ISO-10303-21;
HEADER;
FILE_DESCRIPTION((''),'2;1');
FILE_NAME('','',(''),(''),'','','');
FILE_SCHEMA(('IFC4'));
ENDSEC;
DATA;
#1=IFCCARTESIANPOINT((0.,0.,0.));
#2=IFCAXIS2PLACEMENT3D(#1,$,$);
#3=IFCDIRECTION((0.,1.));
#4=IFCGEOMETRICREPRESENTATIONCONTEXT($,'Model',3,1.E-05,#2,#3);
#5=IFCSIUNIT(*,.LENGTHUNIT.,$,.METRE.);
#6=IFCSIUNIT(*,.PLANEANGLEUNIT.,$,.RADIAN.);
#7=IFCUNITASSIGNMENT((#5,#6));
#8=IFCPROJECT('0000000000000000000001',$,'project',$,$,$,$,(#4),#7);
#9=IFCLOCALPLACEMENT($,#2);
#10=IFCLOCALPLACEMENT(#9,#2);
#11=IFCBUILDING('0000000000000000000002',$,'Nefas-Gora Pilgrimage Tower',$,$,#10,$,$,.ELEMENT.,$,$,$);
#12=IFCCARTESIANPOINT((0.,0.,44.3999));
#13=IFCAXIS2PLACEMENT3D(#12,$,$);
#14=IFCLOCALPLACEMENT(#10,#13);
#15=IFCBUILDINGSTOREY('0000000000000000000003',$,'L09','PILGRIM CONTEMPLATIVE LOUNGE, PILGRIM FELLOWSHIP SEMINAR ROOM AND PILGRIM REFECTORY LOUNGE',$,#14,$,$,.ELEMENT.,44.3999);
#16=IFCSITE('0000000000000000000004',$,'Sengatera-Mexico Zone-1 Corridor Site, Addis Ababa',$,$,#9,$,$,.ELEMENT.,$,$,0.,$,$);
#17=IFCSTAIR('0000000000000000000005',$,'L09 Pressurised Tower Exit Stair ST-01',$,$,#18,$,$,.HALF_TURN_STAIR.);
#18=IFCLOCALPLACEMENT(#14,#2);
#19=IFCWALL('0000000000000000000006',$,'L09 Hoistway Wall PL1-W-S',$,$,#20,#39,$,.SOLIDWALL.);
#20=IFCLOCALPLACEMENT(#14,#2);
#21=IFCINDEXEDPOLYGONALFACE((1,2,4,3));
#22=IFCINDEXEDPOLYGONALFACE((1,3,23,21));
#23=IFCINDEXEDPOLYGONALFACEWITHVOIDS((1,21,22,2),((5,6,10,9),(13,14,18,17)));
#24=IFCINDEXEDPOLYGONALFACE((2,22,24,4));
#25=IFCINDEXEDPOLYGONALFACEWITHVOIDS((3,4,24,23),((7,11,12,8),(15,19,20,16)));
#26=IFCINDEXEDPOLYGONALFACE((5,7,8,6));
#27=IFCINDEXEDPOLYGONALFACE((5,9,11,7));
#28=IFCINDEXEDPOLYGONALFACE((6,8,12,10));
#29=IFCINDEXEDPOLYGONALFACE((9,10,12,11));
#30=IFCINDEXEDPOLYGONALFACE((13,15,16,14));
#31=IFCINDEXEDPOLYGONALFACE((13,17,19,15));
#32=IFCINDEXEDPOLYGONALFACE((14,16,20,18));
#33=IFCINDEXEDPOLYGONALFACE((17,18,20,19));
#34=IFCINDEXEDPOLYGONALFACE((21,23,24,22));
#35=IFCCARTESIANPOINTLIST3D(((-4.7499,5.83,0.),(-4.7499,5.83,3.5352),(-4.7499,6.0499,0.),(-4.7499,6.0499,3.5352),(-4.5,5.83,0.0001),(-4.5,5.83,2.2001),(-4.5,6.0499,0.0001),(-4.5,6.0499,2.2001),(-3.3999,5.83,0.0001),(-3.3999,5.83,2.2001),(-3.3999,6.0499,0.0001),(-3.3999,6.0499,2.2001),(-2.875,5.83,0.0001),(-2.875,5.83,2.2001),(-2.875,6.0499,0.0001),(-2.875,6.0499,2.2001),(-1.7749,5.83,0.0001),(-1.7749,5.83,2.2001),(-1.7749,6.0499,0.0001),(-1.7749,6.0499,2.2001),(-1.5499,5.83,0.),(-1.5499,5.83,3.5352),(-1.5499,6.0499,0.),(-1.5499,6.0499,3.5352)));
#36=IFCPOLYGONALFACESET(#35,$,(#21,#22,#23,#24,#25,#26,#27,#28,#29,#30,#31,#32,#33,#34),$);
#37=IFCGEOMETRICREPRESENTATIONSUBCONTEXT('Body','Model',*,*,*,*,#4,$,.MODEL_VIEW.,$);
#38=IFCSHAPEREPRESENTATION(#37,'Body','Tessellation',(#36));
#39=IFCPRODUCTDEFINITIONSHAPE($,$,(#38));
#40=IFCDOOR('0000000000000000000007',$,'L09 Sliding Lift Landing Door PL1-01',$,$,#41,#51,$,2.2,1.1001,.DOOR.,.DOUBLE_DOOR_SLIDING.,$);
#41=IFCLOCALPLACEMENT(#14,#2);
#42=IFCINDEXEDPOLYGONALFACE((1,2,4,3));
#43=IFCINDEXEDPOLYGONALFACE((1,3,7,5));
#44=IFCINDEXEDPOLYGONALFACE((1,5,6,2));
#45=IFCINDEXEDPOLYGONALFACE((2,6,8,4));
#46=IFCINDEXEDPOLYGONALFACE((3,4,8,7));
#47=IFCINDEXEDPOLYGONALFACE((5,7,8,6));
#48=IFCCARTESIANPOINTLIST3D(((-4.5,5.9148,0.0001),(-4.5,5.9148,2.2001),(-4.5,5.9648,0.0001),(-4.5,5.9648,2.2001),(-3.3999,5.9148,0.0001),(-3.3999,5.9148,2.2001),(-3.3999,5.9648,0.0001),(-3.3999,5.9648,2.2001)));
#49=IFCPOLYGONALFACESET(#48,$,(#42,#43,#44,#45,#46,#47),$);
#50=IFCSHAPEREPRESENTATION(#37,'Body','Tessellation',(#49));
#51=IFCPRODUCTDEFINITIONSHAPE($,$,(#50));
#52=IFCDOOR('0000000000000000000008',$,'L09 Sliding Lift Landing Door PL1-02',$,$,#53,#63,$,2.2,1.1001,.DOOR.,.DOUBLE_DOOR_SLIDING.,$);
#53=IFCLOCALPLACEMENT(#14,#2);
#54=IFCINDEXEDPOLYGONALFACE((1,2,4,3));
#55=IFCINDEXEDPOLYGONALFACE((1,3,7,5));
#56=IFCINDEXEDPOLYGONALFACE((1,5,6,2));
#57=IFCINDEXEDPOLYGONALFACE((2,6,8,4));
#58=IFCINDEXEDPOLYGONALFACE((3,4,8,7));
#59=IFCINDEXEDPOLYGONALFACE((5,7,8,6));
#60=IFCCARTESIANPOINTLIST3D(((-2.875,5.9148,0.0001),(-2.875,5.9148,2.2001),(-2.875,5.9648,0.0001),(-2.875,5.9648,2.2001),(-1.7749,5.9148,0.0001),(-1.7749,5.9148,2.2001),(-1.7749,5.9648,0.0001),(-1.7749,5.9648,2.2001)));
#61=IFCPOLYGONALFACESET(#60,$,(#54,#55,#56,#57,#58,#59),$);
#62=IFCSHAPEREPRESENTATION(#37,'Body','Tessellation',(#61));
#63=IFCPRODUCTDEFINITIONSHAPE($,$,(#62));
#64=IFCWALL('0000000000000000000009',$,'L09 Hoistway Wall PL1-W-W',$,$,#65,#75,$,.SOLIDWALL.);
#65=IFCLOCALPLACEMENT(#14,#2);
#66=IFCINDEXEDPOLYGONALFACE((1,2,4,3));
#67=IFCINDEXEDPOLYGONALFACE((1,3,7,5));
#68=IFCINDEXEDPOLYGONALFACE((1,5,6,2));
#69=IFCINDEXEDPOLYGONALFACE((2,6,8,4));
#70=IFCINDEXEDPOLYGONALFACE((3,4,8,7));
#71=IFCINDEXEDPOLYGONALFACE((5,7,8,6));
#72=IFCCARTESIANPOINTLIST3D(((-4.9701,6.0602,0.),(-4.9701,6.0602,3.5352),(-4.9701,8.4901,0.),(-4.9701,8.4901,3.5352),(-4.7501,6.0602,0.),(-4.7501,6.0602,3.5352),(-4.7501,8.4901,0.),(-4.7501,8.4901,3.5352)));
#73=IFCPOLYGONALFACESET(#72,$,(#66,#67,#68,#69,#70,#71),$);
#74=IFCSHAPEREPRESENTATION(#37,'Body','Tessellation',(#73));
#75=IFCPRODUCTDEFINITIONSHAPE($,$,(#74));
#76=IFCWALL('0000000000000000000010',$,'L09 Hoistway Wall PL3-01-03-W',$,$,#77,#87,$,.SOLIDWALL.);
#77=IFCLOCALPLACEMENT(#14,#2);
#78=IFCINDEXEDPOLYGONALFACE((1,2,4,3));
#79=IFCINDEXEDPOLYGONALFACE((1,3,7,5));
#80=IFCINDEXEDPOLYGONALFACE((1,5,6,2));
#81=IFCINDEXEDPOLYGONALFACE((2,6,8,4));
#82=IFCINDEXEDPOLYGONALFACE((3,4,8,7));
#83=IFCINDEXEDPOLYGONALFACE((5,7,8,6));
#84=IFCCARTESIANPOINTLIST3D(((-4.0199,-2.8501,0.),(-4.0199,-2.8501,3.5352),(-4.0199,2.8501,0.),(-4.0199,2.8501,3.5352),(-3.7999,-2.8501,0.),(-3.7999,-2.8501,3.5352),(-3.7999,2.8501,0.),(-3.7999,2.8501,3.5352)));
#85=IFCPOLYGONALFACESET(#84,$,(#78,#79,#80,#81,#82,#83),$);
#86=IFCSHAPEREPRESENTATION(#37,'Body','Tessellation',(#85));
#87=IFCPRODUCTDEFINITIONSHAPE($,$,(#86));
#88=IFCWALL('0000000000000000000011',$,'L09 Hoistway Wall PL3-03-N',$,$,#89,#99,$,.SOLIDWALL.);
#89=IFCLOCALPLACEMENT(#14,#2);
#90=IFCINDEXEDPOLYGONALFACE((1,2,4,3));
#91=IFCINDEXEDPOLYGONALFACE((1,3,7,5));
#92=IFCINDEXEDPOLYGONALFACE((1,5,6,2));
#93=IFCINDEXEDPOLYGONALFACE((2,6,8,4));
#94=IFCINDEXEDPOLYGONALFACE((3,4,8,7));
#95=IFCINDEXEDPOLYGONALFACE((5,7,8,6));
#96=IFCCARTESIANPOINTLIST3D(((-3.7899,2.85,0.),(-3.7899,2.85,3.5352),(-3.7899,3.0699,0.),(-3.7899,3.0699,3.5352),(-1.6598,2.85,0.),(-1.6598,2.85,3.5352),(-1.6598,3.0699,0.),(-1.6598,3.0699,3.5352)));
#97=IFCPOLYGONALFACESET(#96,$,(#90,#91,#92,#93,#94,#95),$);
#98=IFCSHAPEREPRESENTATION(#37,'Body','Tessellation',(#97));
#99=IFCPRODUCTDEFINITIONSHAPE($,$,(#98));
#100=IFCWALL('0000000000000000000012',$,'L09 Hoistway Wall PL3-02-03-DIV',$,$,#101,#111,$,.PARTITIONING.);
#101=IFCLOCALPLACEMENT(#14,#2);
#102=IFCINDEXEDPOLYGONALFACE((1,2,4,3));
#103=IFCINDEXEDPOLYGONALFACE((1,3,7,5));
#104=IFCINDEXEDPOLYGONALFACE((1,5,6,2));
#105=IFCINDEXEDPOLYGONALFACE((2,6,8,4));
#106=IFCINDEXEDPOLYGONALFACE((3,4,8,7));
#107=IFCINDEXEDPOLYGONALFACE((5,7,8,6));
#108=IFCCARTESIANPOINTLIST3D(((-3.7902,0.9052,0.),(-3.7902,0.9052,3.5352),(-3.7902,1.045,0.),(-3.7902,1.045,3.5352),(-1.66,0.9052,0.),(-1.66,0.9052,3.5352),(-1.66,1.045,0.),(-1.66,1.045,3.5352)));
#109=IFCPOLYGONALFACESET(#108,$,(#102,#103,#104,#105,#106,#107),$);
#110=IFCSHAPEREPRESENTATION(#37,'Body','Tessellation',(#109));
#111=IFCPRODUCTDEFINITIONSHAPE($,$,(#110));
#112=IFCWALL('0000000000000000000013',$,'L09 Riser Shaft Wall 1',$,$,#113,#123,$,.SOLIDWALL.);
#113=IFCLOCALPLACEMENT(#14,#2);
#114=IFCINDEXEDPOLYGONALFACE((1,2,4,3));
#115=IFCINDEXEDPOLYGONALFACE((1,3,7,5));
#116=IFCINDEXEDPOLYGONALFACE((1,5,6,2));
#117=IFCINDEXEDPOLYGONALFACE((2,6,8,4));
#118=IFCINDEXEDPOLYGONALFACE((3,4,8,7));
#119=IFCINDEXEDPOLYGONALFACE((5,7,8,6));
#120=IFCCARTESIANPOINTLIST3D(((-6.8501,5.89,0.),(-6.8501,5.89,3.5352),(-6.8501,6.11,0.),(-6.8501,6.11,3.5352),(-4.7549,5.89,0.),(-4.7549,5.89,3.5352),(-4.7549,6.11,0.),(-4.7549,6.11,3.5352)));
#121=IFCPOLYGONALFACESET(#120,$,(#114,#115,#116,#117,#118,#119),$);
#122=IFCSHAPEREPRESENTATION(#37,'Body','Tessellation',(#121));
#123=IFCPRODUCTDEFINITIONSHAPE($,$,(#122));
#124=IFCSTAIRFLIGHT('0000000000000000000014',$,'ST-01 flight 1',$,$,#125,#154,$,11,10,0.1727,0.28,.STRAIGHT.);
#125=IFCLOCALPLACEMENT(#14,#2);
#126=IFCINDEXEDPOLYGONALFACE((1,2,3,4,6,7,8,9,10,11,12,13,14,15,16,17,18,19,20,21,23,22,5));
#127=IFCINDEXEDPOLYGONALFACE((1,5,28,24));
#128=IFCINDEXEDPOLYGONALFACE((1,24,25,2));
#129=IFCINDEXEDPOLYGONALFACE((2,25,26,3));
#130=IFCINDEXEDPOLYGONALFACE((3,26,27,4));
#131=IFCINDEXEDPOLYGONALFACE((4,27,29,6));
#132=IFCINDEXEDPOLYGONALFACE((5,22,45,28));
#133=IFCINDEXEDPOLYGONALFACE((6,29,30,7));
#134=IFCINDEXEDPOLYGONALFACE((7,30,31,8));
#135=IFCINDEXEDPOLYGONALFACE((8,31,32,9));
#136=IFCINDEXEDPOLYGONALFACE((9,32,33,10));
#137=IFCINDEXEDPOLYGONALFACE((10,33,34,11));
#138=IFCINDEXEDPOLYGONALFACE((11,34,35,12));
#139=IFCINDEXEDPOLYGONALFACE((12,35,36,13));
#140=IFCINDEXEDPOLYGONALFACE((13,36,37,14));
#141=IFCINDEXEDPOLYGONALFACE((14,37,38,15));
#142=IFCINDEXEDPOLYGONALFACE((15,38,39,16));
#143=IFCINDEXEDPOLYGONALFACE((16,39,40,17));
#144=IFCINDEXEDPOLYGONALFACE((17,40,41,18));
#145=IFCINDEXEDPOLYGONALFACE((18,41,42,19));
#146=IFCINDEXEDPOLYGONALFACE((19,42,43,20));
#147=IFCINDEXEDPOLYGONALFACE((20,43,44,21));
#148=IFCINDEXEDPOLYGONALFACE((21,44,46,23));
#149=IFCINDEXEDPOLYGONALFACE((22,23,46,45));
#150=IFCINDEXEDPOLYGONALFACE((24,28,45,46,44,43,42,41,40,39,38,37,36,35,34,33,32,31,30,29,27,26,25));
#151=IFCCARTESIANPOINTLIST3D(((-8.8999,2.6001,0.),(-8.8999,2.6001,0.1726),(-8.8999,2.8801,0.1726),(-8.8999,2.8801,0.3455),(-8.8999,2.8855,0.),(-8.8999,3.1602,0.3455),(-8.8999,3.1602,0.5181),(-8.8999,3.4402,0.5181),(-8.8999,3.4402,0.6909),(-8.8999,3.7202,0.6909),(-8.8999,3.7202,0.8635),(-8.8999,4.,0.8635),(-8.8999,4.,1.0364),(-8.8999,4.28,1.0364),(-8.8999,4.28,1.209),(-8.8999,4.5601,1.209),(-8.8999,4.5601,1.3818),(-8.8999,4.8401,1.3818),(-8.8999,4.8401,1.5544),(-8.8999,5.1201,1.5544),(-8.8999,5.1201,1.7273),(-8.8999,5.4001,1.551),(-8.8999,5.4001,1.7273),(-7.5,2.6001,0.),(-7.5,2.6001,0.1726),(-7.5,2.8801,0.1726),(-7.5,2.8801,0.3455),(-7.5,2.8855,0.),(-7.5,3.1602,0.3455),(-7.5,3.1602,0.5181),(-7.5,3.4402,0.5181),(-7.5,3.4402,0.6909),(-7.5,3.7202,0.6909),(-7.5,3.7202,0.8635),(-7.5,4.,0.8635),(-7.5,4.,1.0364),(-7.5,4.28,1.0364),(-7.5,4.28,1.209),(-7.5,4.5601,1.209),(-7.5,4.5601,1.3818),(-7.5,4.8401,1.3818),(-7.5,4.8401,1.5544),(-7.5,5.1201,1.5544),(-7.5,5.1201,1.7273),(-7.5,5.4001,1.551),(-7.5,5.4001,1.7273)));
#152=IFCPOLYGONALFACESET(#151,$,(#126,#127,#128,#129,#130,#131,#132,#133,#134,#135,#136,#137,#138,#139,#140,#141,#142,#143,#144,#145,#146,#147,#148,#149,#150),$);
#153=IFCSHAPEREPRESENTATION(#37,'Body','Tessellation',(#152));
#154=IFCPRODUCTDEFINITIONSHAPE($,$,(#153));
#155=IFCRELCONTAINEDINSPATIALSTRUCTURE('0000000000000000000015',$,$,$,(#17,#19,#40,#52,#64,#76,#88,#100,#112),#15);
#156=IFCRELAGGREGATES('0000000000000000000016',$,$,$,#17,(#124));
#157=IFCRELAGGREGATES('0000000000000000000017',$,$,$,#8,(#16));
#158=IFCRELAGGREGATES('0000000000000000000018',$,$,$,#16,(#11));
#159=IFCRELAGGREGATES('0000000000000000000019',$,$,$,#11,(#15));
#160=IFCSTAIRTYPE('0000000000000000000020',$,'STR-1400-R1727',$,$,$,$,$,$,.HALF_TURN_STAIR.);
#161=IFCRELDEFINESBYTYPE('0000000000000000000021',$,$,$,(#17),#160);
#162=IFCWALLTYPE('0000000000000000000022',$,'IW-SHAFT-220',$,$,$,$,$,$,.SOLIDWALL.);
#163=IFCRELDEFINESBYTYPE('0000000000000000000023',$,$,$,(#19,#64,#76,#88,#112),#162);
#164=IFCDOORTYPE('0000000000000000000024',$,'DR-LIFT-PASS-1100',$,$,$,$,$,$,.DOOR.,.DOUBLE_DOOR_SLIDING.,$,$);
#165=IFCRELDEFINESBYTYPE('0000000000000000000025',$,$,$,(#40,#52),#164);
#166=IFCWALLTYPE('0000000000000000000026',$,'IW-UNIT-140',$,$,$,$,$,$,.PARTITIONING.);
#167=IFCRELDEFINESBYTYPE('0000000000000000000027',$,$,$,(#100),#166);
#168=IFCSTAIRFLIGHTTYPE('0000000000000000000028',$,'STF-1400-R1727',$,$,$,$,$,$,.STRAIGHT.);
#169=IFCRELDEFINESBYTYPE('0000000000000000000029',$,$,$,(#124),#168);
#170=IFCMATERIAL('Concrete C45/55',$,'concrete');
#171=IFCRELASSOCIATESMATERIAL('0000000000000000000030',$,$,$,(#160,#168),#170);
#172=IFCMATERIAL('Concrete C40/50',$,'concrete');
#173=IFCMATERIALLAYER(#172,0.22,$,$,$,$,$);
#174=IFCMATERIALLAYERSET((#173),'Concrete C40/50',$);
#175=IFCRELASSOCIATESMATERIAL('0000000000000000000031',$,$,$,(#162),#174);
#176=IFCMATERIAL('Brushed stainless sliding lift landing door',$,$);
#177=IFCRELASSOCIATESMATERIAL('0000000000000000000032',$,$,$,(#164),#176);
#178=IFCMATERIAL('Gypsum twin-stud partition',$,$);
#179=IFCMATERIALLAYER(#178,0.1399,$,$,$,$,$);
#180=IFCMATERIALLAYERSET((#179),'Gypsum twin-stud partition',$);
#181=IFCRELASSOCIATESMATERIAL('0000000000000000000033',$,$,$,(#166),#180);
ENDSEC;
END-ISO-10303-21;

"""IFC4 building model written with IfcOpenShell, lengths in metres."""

from ifc_helpers import new_model, si_unit, direction, frame, frame_2d, origin, place, context, subcontext, project, spatial, polyline, rectangle, outline, extrude, source, transform, mapped, material, layer, layer_set, type_object, element, fill, aggregate, save


model = new_model("IFC4")

# Units and contexts
model_context = context("Model", 3, precision=1e-05, world=origin(), true_north=direction((0.0, 1.0)))
body_context = subcontext(model_context, "Body", "Model", "MODEL_VIEW")
ifc_project = project(units=[si_unit("LENGTHUNIT", "METRE"), si_unit("PLANEANGLEUNIT", "RADIAN")], contexts=[model_context])

# Site, building, storey
site_placement = place(None, origin())
site = spatial("IfcSite", under=ifc_project, at=site_placement, Name="Sengatera-Mexico Zone-1 Corridor Site, Addis Ababa", CompositionType="ELEMENT", RefElevation=0.0)
building_placement = place(site_placement, origin())
building = spatial("IfcBuilding", under=site, at=building_placement, Name="Nefas-Gora Pilgrimage Tower", CompositionType="ELEMENT")
storey_placement = place(building_placement, frame((0.0, 0.0, 44.3999)))
storey = spatial("IfcBuildingStorey", under=building, at=storey_placement, Name="L09", Description="PILGRIM CONTEMPLATIVE LOUNGE, PILGRIM FELLOWSHIP SEMINAR ROOM AND PILGRIM REFECTORY LOUNGE", CompositionType="ELEMENT", Elevation=44.3999)

# Shared definitions
ifc_material_1 = material(Name="Concrete C40/50", Category="concrete")

# Stair
ifc_material_2 = material(Name="Concrete C45/55", Category="concrete")
stair_type = type_object("IfcStairType", Name="STR-1400-R1727", PredefinedType="HALF_TURN_STAIR", material=ifc_material_2)
stair_1_placement = place(storey_placement, origin())
stair_1 = element("IfcStair", 1, at=stair_1_placement, inside=storey, type_object=stair_type, Name="L09 Pressurised Tower Exit Stair ST-01", PredefinedType="HALF_TURN_STAIR")

# Shared definitions
ifc_layer_1 = layer(ifc_material_1, 0.22)
ifc_layer_set_1 = layer_set([ifc_layer_1], Name="Concrete C40/50")
wall_type_1 = type_object("IfcWallType", Name="IW-SHAFT-220", PredefinedType="SOLIDWALL", material=ifc_layer_set_1)

# Wall, openings, doors
shared_shape_1 = source(origin(), body_context, "Body", "SweptSolid", [
    extrude(rectangle(XDim=3.2, YDim=0.22, at=frame_2d((1.6001, 0.0))), origin(), (0.0, 0.0, 1.0), 3.5352),
])
wall_1_placement = place(storey_placement, frame((-4.75, 5.9399, 0.0), z_axis=(0.0, 0.0, 1.0), x_axis=(1.0, 0.0, 0.0)))
wall_1 = element("IfcWall", 2, at=wall_1_placement, inside=storey, type_object=wall_type_1, Name="L09 Hoistway Wall PL1-W-S", PredefinedType="SOLIDWALL", context=body_context, shape_type="MappedRepresentation", body=[
    mapped(shared_shape_1, transform((0.0, 0.0, 0.0), x_axis=(1.0, 0.0, 0.0), y_axis=(0.0, 1.0, 0.0), z_axis=(0.0, 0.0, 1.0), scale=1.0)),
])
opening_1_placement = place(wall_1_placement, frame((0.25, 0.0, 0.0)))
opening_1 = element("IfcOpeningElement", 3, at=opening_1_placement, cuts=wall_1, PredefinedType="OPENING", context=body_context, shape_type="SweptSolid", body=[
    extrude(rectangle(XDim=1.1001, YDim=2.2, at=frame_2d((0.55, 1.1001))), frame((0.0, 0.1199, 0.0), z_axis=(0.0, -1.0, 0.0), x_axis=(1.0, 0.0, 0.0)), (0.0, 0.0, 1.0), 0.24),
])
opening_2_placement = place(wall_1_placement, frame((1.875, 0.0, 0.0)))
opening_2 = element("IfcOpeningElement", 4, at=opening_2_placement, cuts=wall_1, PredefinedType="OPENING", context=body_context, shape_type="SweptSolid", body=[
    extrude(rectangle(XDim=1.1001, YDim=2.2, at=frame_2d((0.55, 1.1001))), frame((0.0, 0.1199, 0.0), z_axis=(0.0, -1.0, 0.0), x_axis=(1.0, 0.0, 0.0)), (0.0, 0.0, 1.0), 0.24),
])
ifc_material_3 = material(Name="Brushed stainless sliding lift landing door")
door_type_1 = type_object("IfcDoorType", Name="DR-LIFT-PASS-1100", OperationType="DOUBLE_DOOR_SLIDING", PredefinedType="DOOR", material=ifc_material_3)
shared_shape_2 = source(origin(), body_context, "Body", "SweptSolid", [
    extrude(rectangle(XDim=1.1001, YDim=2.2, at=frame_2d((0.55, 1.1001))), frame((0.0, 0.0249, 0.0), z_axis=(0.0, -1.0, 0.0), x_axis=(1.0, 0.0, 0.0)), (0.0, 0.0, 1.0), 0.05),
])
door_1_placement = place(opening_1_placement, origin())
door_1 = element("IfcDoor", 5, at=door_1_placement, inside=storey, type_object=door_type_1, Name="L09 Sliding Lift Landing Door PL1-01", OperationType="DOUBLE_DOOR_SLIDING", OverallHeight=2.2, OverallWidth=1.1001, PredefinedType="DOOR", context=body_context, shape_type="MappedRepresentation", body=[
    mapped(shared_shape_2, transform((0.0, 0.0, 0.0), x_axis=(1.0, 0.0, 0.0), y_axis=(0.0, 1.0, 0.0), z_axis=(0.0, 0.0, 1.0), scale=1.0)),
])
fill(opening_1, door_1)
door_2_placement = place(opening_2_placement, origin())
door_2 = element("IfcDoor", 6, at=door_2_placement, inside=storey, type_object=door_type_1, Name="L09 Sliding Lift Landing Door PL1-02", OperationType="DOUBLE_DOOR_SLIDING", OverallHeight=2.2, OverallWidth=1.1001, PredefinedType="DOOR", context=body_context, shape_type="MappedRepresentation", body=[
    mapped(shared_shape_2, transform((0.0, 0.0, 0.0), x_axis=(1.0, 0.0, 0.0), y_axis=(0.0, 1.0, 0.0), z_axis=(0.0, 0.0, 1.0), scale=1.0)),
])
fill(opening_2, door_2)

# Walls
shared_shape_3 = source(origin(), body_context, "Body", "SweptSolid", [
    extrude(rectangle(XDim=2.4299, YDim=0.22, at=frame_2d((1.2148, 0.0))), origin(), (0.0, 0.0, 1.0), 3.5352),
])
for number, where, z_axis, x_axis, name in (
    (7, (-4.8601, 8.49, 0.0), (0.0, 0.0, 1.0), (0.0, -1.0, 0.0), "L09 Hoistway Wall PL1-W-W"),
):
    element("IfcWall", number, at=place(storey_placement, frame(where, z_axis=z_axis, x_axis=x_axis)), inside=storey, type_object=wall_type_1, Name=name, PredefinedType="SOLIDWALL", context=body_context, shape_type="MappedRepresentation", body=[
        mapped(shared_shape_3, transform((0.0, 0.0, 0.0), x_axis=(1.0, 0.0, 0.0), y_axis=(0.0, 1.0, 0.0), z_axis=(0.0, 0.0, 1.0), scale=1.0)),
    ])
ifc_material_4 = material(Name="Gypsum twin-stud partition")
ifc_layer_2 = layer(ifc_material_4, 0.1399)
ifc_layer_set_2 = layer_set([ifc_layer_2], Name="Gypsum twin-stud partition")
wall_type_2 = type_object("IfcWallType", Name="IW-UNIT-140", PredefinedType="PARTITIONING", material=ifc_layer_set_2)
shared_shape_4 = source(origin(), body_context, "Body", "SweptSolid", [
    extrude(rectangle(XDim=5.7002, YDim=0.22, at=frame_2d((2.8501, 0.0))), origin(), (0.0, 0.0, 1.0), 3.5352),
])
wall_2_placement = place(storey_placement, frame((-3.9099, 2.8501, 0.0), z_axis=(0.0, 0.0, 1.0), x_axis=(0.0, -1.0, 0.0)))
element("IfcWall", 8, at=wall_2_placement, inside=storey, type_object=wall_type_1, Name="L09 Hoistway Wall PL3-01-03-W", PredefinedType="SOLIDWALL", context=body_context, shape_type="MappedRepresentation", body=[
    mapped(shared_shape_4, transform((0.0, 0.0, 0.0), x_axis=(1.0, 0.0, 0.0), y_axis=(0.0, 1.0, 0.0), z_axis=(0.0, 0.0, 1.0), scale=1.0)),
])
shared_shape_5 = source(origin(), body_context, "Body", "SweptSolid", [
    extrude(rectangle(XDim=2.1301, YDim=0.22, at=frame_2d((1.0649, 0.0))), origin(), (0.0, 0.0, 1.0), 3.5352),
])
wall_3_placement = place(storey_placement, frame((-1.6599, 2.96, 0.0), z_axis=(0.0, 0.0, 1.0), x_axis=(-1.0, 0.0, 0.0)))
element("IfcWall", 9, at=wall_3_placement, inside=storey, type_object=wall_type_1, Name="L09 Hoistway Wall PL3-03-N", PredefinedType="SOLIDWALL", context=body_context, shape_type="MappedRepresentation", body=[
    mapped(shared_shape_5, transform((0.0, 0.0, 0.0), x_axis=(1.0, 0.0, 0.0), y_axis=(0.0, 1.0, 0.0), z_axis=(0.0, 0.0, 1.0), scale=1.0)),
])
shared_shape_6 = source(origin(), body_context, "Body", "SweptSolid", [
    extrude(rectangle(XDim=2.1301, YDim=0.1399, at=frame_2d((1.0649, 0.0))), origin(), (0.0, 0.0, 1.0), 3.5352),
])
wall_4_placement = place(storey_placement, frame((-3.79, 0.9751, 0.0), z_axis=(0.0, 0.0, 1.0), x_axis=(1.0, 0.0, 0.0)))
element("IfcWall", 10, at=wall_4_placement, inside=storey, type_object=wall_type_2, Name="L09 Hoistway Wall PL3-02-03-DIV", PredefinedType="PARTITIONING", context=body_context, shape_type="MappedRepresentation", body=[
    mapped(shared_shape_6, transform((0.0, 0.0, 0.0), x_axis=(1.0, 0.0, 0.0), y_axis=(0.0, 1.0, 0.0), z_axis=(0.0, 0.0, 1.0), scale=1.0)),
])
shared_shape_7 = source(origin(), body_context, "Body", "SweptSolid", [
    extrude(rectangle(XDim=2.0952, YDim=0.22, at=frame_2d((1.0476, 0.0))), origin(), (0.0, 0.0, 1.0), 3.5352),
])
wall_5_placement = place(storey_placement, frame((-6.8501, 6.0, 0.0), z_axis=(0.0, 0.0, 1.0), x_axis=(1.0, 0.0, 0.0)))
element("IfcWall", 11, at=wall_5_placement, inside=storey, type_object=wall_type_1, Name="L09 Riser Shaft Wall 1", PredefinedType="SOLIDWALL", context=body_context, shape_type="MappedRepresentation", body=[
    mapped(shared_shape_7, transform((0.0, 0.0, 0.0), x_axis=(1.0, 0.0, 0.0), y_axis=(0.0, 1.0, 0.0), z_axis=(0.0, 0.0, 1.0), scale=1.0)),
])

# Stair flight
stair_flight_type = type_object("IfcStairFlightType", Name="STF-1400-R1727", PredefinedType="STRAIGHT", material=ifc_material_2)
shared_shape_8 = source(origin(), body_context, "Body", "SweptSolid", [
    extrude(outline(polyline([(0.0, 0.0), (0.0, 0.1726), (0.28, 0.1726), (0.28, 0.3455), (0.5601, 0.3455), (0.5601, 0.5181), (0.8401, 0.5181), (0.8401, 0.6909), (1.1201, 0.6909), (1.1201, 0.8635), (1.3999, 0.8635), (1.3999, 1.0364), (1.6799, 1.0364), (1.6799, 1.209), (1.96, 1.209), (1.96, 1.3818), (2.24, 1.3818), (2.24, 1.5544), (2.52, 1.5544), (2.52, 1.7273), (2.8, 1.7273), (2.8, 1.8999), (2.8, 1.551), (0.2854, 0.0), (0.0, 0.0)])), frame((0.0, 0.7, 0.0), z_axis=(0.0, -1.0, 0.0), x_axis=(1.0, 0.0, 0.0)), (0.0, 0.0, 1.0), 1.3999),
])
stair_flight_1_placement = place(storey_placement, frame((-8.2, 2.6001, 0.0), z_axis=(0.0, 0.0, 1.0), x_axis=(0.0, 1.0, 0.0)))
stair_flight_1 = element("IfcStairFlight", 12, at=stair_flight_1_placement, type_object=stair_flight_type, Name="ST-01 flight 1", NumberOfRisers=11, NumberOfTreads=10, PredefinedType="STRAIGHT", RiserHeight=0.1727, TreadLength=0.28, context=body_context, shape_type="MappedRepresentation", body=[
    mapped(shared_shape_8, transform((0.0, 0.0, 0.0), x_axis=(1.0, 0.0, 0.0), y_axis=(0.0, 1.0, 0.0), z_axis=(0.0, 0.0, 1.0), scale=1.0)),
])
aggregate(stair_1, [stair_flight_1])

save(model, "model.ifc")
